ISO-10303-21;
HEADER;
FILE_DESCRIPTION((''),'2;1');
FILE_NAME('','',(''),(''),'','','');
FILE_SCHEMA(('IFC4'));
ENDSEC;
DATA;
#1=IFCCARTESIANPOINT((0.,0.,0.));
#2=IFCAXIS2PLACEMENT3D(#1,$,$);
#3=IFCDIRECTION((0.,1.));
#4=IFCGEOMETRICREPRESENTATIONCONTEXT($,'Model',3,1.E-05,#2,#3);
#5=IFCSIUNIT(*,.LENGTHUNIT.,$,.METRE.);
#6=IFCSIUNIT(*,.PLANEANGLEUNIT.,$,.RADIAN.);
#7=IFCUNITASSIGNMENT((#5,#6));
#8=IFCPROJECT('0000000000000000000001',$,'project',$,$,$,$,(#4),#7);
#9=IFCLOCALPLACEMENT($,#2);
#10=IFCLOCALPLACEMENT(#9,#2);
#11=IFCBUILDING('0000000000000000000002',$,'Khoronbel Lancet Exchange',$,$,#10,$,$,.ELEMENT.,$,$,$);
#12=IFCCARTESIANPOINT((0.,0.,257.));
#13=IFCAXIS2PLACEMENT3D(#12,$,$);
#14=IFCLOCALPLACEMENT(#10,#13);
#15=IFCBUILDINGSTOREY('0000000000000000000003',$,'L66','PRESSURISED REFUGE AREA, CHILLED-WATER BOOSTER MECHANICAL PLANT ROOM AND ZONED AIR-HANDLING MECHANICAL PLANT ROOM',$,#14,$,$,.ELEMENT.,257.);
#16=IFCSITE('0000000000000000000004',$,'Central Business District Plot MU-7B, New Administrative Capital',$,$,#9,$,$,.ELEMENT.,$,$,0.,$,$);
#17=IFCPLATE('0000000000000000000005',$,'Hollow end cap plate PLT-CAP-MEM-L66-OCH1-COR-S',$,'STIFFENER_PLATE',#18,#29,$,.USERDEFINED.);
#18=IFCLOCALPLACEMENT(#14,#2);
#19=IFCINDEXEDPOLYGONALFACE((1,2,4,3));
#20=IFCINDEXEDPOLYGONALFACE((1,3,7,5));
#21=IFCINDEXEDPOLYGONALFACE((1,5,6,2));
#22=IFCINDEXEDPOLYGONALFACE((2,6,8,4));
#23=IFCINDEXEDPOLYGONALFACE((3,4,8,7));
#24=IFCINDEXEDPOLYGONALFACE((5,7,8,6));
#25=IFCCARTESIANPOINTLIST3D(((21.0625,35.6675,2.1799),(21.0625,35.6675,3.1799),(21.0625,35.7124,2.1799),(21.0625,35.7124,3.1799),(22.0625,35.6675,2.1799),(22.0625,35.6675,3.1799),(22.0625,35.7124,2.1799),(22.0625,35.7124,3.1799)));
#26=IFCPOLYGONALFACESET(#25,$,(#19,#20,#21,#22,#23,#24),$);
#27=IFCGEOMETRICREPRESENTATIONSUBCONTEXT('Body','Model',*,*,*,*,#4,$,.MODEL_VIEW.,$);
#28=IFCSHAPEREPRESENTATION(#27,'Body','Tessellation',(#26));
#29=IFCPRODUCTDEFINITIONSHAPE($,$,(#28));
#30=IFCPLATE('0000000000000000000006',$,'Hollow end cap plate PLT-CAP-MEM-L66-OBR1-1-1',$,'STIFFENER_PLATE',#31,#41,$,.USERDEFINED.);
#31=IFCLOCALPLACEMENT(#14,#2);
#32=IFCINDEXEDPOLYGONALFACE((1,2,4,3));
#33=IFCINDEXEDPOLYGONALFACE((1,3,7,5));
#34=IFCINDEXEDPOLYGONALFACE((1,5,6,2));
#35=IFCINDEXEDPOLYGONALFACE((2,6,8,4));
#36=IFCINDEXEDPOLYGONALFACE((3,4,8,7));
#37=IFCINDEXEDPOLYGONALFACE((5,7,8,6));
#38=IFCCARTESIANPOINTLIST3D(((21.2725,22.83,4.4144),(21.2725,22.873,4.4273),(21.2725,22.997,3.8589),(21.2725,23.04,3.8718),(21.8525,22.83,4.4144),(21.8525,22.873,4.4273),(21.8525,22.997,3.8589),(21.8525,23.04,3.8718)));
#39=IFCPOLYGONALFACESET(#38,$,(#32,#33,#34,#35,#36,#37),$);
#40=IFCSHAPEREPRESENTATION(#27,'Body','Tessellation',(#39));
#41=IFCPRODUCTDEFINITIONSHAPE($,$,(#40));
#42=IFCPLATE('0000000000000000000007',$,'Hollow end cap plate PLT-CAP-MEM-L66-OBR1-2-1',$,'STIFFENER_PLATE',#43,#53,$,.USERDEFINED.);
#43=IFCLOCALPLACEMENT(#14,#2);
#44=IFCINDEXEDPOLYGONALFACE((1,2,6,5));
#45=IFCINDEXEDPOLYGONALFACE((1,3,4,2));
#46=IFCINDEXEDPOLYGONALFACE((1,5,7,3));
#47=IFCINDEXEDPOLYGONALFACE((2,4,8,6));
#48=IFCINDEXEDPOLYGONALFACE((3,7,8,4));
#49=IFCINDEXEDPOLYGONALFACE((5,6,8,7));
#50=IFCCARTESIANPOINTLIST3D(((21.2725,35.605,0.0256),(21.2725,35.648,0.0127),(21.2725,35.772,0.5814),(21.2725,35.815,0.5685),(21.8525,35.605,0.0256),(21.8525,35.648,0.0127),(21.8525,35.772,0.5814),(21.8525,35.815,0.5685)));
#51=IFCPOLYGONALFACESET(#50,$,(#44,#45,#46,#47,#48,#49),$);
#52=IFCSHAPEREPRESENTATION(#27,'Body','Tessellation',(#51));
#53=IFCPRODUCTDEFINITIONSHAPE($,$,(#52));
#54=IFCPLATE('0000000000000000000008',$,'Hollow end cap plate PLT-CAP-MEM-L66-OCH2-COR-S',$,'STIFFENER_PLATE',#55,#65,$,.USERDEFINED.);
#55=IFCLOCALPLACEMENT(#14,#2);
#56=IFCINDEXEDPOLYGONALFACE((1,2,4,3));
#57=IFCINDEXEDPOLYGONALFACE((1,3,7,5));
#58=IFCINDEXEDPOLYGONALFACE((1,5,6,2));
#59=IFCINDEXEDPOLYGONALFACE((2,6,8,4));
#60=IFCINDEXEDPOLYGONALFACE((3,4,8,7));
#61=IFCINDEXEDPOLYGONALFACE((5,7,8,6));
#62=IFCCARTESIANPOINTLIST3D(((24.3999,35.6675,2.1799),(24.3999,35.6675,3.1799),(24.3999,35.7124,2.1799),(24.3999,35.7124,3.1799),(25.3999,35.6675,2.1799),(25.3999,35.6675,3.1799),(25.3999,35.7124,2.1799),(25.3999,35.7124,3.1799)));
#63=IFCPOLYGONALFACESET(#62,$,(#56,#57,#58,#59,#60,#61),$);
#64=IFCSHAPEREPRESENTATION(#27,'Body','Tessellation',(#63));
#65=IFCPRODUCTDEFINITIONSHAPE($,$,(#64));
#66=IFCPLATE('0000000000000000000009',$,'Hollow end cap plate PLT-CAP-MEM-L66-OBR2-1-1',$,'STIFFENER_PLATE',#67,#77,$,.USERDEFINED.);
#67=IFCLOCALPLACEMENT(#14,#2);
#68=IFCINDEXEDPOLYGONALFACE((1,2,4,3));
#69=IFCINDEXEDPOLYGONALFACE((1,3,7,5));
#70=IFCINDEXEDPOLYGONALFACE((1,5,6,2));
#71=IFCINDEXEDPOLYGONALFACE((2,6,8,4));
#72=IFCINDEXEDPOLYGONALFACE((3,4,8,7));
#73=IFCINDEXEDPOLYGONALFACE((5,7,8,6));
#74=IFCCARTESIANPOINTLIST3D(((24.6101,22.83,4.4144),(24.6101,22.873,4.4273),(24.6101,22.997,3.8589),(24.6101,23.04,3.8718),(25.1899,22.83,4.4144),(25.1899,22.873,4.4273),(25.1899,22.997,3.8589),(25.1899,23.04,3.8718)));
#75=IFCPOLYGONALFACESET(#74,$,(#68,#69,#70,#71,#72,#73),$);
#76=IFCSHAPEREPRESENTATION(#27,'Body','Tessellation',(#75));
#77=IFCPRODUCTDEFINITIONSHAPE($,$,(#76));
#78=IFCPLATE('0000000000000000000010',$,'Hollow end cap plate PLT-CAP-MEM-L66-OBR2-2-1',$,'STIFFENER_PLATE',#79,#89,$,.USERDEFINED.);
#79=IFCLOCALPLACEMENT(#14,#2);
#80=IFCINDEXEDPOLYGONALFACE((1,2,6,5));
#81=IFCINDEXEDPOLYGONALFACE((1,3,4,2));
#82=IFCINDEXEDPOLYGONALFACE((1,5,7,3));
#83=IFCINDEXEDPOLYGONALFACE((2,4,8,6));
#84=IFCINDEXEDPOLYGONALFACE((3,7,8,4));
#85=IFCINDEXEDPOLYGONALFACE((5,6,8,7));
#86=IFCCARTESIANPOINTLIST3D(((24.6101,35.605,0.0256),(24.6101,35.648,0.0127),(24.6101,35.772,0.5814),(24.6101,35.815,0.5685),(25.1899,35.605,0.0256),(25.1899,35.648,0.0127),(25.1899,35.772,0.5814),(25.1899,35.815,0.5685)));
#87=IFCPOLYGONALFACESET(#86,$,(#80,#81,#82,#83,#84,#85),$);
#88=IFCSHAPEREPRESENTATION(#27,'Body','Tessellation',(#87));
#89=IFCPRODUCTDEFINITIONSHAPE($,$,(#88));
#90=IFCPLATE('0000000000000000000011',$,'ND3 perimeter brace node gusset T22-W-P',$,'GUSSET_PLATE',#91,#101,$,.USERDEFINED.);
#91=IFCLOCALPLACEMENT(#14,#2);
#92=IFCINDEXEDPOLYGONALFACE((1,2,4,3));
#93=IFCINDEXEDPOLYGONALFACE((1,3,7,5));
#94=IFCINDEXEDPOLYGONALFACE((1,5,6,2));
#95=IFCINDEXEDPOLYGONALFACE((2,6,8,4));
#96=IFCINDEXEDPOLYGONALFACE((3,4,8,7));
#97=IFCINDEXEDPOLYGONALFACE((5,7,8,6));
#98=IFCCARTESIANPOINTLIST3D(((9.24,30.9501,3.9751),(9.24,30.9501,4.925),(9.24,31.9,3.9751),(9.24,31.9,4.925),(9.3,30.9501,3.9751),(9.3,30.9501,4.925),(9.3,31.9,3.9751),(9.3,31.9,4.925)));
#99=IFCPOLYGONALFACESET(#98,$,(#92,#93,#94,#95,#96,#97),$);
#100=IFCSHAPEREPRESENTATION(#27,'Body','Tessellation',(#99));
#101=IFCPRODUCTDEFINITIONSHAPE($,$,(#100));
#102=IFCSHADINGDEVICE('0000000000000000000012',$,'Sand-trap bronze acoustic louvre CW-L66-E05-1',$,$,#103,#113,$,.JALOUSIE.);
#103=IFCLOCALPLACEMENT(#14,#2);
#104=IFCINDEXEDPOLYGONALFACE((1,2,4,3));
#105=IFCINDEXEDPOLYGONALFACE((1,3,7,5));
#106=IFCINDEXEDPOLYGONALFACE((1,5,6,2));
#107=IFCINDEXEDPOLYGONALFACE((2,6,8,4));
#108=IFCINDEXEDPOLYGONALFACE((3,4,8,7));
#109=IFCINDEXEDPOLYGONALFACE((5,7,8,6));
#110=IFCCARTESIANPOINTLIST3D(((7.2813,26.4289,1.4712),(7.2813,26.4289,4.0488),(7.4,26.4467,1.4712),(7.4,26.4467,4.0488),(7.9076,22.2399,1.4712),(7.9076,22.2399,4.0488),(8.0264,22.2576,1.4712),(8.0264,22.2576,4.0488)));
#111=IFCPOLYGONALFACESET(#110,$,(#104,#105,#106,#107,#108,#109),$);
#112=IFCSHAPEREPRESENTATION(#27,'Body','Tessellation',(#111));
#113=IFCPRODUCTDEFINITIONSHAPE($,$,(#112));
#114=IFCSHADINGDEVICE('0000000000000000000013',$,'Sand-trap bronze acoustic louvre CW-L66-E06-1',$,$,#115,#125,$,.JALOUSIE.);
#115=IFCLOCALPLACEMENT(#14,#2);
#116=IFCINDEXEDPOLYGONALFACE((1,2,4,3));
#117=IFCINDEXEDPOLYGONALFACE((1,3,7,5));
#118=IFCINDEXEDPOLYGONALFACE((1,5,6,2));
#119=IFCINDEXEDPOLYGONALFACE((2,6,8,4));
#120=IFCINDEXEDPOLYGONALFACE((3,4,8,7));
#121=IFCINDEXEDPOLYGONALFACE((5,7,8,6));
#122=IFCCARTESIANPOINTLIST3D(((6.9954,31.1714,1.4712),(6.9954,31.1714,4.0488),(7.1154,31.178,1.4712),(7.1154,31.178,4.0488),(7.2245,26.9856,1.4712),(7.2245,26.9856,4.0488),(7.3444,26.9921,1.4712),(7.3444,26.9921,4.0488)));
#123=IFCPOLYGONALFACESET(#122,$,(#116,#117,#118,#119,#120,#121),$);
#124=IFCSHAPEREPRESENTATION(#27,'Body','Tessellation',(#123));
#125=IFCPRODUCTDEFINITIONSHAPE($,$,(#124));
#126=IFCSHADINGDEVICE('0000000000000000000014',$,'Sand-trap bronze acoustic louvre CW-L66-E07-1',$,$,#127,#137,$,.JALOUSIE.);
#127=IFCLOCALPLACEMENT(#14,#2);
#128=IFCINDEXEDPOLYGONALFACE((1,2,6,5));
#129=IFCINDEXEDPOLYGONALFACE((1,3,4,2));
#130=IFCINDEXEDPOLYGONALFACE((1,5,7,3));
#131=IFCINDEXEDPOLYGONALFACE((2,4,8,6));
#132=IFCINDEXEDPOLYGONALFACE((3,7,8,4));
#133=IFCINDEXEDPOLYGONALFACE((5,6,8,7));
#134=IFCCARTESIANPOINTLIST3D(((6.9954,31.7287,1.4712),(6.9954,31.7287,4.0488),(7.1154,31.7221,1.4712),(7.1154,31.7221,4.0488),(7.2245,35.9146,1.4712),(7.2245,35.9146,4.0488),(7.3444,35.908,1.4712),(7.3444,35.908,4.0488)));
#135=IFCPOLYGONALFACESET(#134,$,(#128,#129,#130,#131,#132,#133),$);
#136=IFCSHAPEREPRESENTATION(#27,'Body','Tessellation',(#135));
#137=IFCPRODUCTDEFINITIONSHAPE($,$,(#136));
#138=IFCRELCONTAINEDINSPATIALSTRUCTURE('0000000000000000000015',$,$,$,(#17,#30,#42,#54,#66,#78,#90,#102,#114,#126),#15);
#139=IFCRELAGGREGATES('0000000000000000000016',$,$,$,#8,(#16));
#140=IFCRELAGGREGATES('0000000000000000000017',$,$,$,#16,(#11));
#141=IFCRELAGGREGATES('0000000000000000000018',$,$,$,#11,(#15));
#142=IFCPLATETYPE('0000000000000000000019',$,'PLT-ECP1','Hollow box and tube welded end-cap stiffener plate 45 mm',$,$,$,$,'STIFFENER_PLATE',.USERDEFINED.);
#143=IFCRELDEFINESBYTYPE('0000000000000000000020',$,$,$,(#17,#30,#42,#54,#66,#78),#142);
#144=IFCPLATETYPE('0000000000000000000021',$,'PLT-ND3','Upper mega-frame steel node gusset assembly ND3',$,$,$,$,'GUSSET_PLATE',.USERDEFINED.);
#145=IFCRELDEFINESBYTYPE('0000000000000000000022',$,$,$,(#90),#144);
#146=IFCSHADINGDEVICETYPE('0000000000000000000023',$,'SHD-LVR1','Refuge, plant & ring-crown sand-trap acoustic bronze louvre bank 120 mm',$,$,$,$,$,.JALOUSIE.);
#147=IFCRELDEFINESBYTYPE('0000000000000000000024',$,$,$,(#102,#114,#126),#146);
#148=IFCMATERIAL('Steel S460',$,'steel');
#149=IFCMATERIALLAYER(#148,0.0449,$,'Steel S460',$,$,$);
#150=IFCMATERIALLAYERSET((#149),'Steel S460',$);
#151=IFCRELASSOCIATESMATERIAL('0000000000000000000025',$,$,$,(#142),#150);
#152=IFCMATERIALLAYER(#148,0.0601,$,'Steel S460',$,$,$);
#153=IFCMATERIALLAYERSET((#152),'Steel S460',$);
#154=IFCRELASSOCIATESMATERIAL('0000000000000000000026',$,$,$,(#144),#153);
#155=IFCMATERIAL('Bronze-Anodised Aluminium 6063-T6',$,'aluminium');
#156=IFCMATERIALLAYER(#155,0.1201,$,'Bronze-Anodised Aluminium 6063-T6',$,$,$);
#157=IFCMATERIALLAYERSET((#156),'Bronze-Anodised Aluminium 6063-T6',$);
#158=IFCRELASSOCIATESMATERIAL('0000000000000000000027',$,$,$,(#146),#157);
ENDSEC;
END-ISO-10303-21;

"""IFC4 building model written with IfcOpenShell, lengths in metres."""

from ifc_helpers import new_model, si_unit, direction, frame, origin, origin_2d, place, context, subcontext, project, spatial, polyline, rectangle, outline, extrude, material, layer, layer_set, type_object, element, save


model = new_model("IFC4")

# Units and contexts
model_context = context("Model", 3, precision=1e-05, world=origin(), true_north=direction((0.0, 1.0)))
body_context = subcontext(model_context, "Body", "Model", "MODEL_VIEW")
ifc_project = project(units=[si_unit("LENGTHUNIT", "METRE"), si_unit("PLANEANGLEUNIT", "RADIAN")], contexts=[model_context])

# Site, building, storey
site_placement = place(None, origin())
site = spatial("IfcSite", under=ifc_project, at=site_placement, Name="Central Business District Plot MU-7B, New Administrative Capital", CompositionType="ELEMENT", RefElevation=0.0)
building_placement = place(site_placement, origin())
building = spatial("IfcBuilding", under=site, at=building_placement, Name="Khoronbel Lancet Exchange", CompositionType="ELEMENT")
storey_placement = place(building_placement, frame((0.0, 0.0, 257.0)))
storey = spatial("IfcBuildingStorey", under=building, at=storey_placement, Name="L66", Description="PRESSURISED REFUGE AREA, CHILLED-WATER BOOSTER MECHANICAL PLANT ROOM AND ZONED AIR-HANDLING MECHANICAL PLANT ROOM", CompositionType="ELEMENT", Elevation=257.0)

# Shared definitions
ifc_material_1 = material(Name="Bronze-Anodised Aluminium 6063-T6", Category="aluminium")

# Plates
ifc_material_2 = material(Name="Steel S460", Category="steel")
ifc_layer_1 = layer(ifc_material_2, 0.0449, Name="Steel S460")
ifc_layer_set_1 = layer_set([ifc_layer_1], Name="Steel S460")
plate_type_1 = type_object("IfcPlateType", Name="PLT-ECP1", Description="Hollow box and tube welded end-cap stiffener plate 45 mm", ElementType="STIFFENER_PLATE", PredefinedType="USERDEFINED", material=ifc_layer_set_1)
plate_1_placement = place(storey_placement, frame((21.5625, 35.6899, 2.1799), z_axis=(0.0, 0.0, 1.0), x_axis=(0.0, -1.0, 0.0)))
element("IfcPlate", 1, at=plate_1_placement, inside=storey, type_object=plate_type_1, Name="Hollow end cap plate PLT-CAP-MEM-L66-OCH1-COR-S", ObjectType="STIFFENER_PLATE", PredefinedType="USERDEFINED", context=body_context, shape_type="SweptSolid", body=[
    extrude(rectangle(XDim=0.0449, YDim=1.0, at=origin_2d()), origin(), (0.0, 0.0, 1.0), 1.0),
])
plate_2_placement = place(storey_placement, frame((21.8525, 23.04, 3.8718), z_axis=(0.0, 0.957652, 0.287927), x_axis=(-1.0, 0.0, 0.0)))
element("IfcPlate", 2, at=plate_2_placement, inside=storey, type_object=plate_type_1, Name="Hollow end cap plate PLT-CAP-MEM-L66-OBR1-1-1", ObjectType="STIFFENER_PLATE", PredefinedType="USERDEFINED", context=body_context, shape_type="SweptSolid", body=[
    extrude(outline(polyline([(0.0, 0.0), (0.5801, 0.0), (0.5801, 0.5801), (0.0, 0.5801), (0.0, 0.0)])), origin(), (0.0, 0.0, -1.0), 0.0449),
])
plate_3_placement = place(storey_placement, frame((21.2725, 35.605, 0.0256), z_axis=(0.0, -0.957687, 0.287811), x_axis=(1.0, 0.0, 0.0)))
element("IfcPlate", 3, at=plate_3_placement, inside=storey, type_object=plate_type_1, Name="Hollow end cap plate PLT-CAP-MEM-L66-OBR1-2-1", ObjectType="STIFFENER_PLATE", PredefinedType="USERDEFINED", context=body_context, shape_type="SweptSolid", body=[
    extrude(outline(polyline([(0.0, 0.0), (0.5801, 0.0), (0.5801, 0.5803), (0.0, 0.5803), (0.0, 0.0)])), origin(), (0.0, 0.0, -1.0), 0.0449),
])
plate_4_placement = place(storey_placement, frame((24.8999, 35.6899, 2.1799), z_axis=(0.0, 0.0, 1.0), x_axis=(0.0, -1.0, 0.0)))
element("IfcPlate", 4, at=plate_4_placement, inside=storey, type_object=plate_type_1, Name="Hollow end cap plate PLT-CAP-MEM-L66-OCH2-COR-S", ObjectType="STIFFENER_PLATE", PredefinedType="USERDEFINED", context=body_context, shape_type="SweptSolid", body=[
    extrude(rectangle(XDim=0.0449, YDim=1.0, at=origin_2d()), origin(), (0.0, 0.0, 1.0), 1.0),
])
plate_5_placement = place(storey_placement, frame((25.1899, 23.04, 3.8718), z_axis=(0.0, 0.957652, 0.287927), x_axis=(-1.0, 0.0, 0.0)))
element("IfcPlate", 5, at=plate_5_placement, inside=storey, type_object=plate_type_1, Name="Hollow end cap plate PLT-CAP-MEM-L66-OBR2-1-1", ObjectType="STIFFENER_PLATE", PredefinedType="USERDEFINED", context=body_context, shape_type="SweptSolid", body=[
    extrude(outline(polyline([(0.0, 0.0), (0.5798, 0.0), (0.5798, 0.5801), (0.0, 0.5801), (0.0, 0.0)])), origin(), (0.0, 0.0, -1.0), 0.0449),
])
plate_6_placement = place(storey_placement, frame((24.6101, 35.605, 0.0256), z_axis=(0.0, -0.957687, 0.287811), x_axis=(1.0, 0.0, 0.0)))
element("IfcPlate", 6, at=plate_6_placement, inside=storey, type_object=plate_type_1, Name="Hollow end cap plate PLT-CAP-MEM-L66-OBR2-2-1", ObjectType="STIFFENER_PLATE", PredefinedType="USERDEFINED", context=body_context, shape_type="SweptSolid", body=[
    extrude(outline(polyline([(0.0, 0.0), (0.5798, 0.0), (0.5798, 0.5803), (0.0, 0.5803), (0.0, 0.0)])), origin(), (0.0, 0.0, -1.0), 0.0449),
])
ifc_layer_2 = layer(ifc_material_2, 0.0601, Name="Steel S460")
ifc_layer_set_2 = layer_set([ifc_layer_2], Name="Steel S460")
plate_type_2 = type_object("IfcPlateType", Name="PLT-ND3", Description="Upper mega-frame steel node gusset assembly ND3", ElementType="GUSSET_PLATE", PredefinedType="USERDEFINED", material=ifc_layer_set_2)
plate_7_placement = place(storey_placement, frame((9.27, 31.425, 3.9751), z_axis=(0.0, 0.0, 1.0), x_axis=(0.0, 1.0, 0.0)))
element("IfcPlate", 7, at=plate_7_placement, inside=storey, type_object=plate_type_2, Name="ND3 perimeter brace node gusset T22-W-P", ObjectType="GUSSET_PLATE", PredefinedType="USERDEFINED", context=body_context, shape_type="SweptSolid", body=[
    extrude(rectangle(XDim=0.95, YDim=0.0601, at=origin_2d()), origin(), (0.0, 0.0, 1.0), 0.95),
])

# Shading devices
ifc_layer_3 = layer(ifc_material_1, 0.1201, Name="Bronze-Anodised Aluminium 6063-T6")
ifc_layer_set_3 = layer_set([ifc_layer_3], Name="Bronze-Anodised Aluminium 6063-T6")
shading_device_type = type_object("IfcShadingDeviceType", Name="SHD-LVR1", Description="Refuge, plant & ring-crown sand-trap acoustic bronze louvre bank 120 mm", PredefinedType="JALOUSIE", material=ifc_layer_set_3)
shading_device_placement = place(storey_placement, frame((7.6538, 24.3433, 1.4712), z_axis=(0.0, 0.0, 1.0), x_axis=(-0.147869, 0.989007, 0.0)))
element("IfcShadingDevice", 8, at=shading_device_placement, inside=storey, type_object=shading_device_type, Name="Sand-trap bronze acoustic louvre CW-L66-E05-1", PredefinedType="JALOUSIE", context=body_context, shape_type="SweptSolid", body=[
    extrude(rectangle(XDim=4.2356, YDim=0.1201, at=origin_2d()), origin(), (0.0, 0.0, 1.0), 2.5776),
])
for number, where, z_axis, x_axis, name in (
    (9, (7.1699, 29.0818, 1.4712), (0.0, 0.0, 1.0), (-0.054634, 0.998506, 0.0), "Sand-trap bronze acoustic louvre CW-L66-E06-1"),
    (10, (7.1699, 33.8184, 1.4712), (0.0, 0.0, 1.0), (0.054634, 0.998506, 0.0), "Sand-trap bronze acoustic louvre CW-L66-E07-1"),
):
    element("IfcShadingDevice", number, at=place(storey_placement, frame(where, z_axis=z_axis, x_axis=x_axis)), inside=storey, type_object=shading_device_type, Name=name, PredefinedType="JALOUSIE", context=body_context, shape_type="SweptSolid", body=[
        extrude(rectangle(XDim=4.1921, YDim=0.1201, at=origin_2d()), origin(), (0.0, 0.0, 1.0), 2.5776),
    ])

save(model, "model.ifc")
